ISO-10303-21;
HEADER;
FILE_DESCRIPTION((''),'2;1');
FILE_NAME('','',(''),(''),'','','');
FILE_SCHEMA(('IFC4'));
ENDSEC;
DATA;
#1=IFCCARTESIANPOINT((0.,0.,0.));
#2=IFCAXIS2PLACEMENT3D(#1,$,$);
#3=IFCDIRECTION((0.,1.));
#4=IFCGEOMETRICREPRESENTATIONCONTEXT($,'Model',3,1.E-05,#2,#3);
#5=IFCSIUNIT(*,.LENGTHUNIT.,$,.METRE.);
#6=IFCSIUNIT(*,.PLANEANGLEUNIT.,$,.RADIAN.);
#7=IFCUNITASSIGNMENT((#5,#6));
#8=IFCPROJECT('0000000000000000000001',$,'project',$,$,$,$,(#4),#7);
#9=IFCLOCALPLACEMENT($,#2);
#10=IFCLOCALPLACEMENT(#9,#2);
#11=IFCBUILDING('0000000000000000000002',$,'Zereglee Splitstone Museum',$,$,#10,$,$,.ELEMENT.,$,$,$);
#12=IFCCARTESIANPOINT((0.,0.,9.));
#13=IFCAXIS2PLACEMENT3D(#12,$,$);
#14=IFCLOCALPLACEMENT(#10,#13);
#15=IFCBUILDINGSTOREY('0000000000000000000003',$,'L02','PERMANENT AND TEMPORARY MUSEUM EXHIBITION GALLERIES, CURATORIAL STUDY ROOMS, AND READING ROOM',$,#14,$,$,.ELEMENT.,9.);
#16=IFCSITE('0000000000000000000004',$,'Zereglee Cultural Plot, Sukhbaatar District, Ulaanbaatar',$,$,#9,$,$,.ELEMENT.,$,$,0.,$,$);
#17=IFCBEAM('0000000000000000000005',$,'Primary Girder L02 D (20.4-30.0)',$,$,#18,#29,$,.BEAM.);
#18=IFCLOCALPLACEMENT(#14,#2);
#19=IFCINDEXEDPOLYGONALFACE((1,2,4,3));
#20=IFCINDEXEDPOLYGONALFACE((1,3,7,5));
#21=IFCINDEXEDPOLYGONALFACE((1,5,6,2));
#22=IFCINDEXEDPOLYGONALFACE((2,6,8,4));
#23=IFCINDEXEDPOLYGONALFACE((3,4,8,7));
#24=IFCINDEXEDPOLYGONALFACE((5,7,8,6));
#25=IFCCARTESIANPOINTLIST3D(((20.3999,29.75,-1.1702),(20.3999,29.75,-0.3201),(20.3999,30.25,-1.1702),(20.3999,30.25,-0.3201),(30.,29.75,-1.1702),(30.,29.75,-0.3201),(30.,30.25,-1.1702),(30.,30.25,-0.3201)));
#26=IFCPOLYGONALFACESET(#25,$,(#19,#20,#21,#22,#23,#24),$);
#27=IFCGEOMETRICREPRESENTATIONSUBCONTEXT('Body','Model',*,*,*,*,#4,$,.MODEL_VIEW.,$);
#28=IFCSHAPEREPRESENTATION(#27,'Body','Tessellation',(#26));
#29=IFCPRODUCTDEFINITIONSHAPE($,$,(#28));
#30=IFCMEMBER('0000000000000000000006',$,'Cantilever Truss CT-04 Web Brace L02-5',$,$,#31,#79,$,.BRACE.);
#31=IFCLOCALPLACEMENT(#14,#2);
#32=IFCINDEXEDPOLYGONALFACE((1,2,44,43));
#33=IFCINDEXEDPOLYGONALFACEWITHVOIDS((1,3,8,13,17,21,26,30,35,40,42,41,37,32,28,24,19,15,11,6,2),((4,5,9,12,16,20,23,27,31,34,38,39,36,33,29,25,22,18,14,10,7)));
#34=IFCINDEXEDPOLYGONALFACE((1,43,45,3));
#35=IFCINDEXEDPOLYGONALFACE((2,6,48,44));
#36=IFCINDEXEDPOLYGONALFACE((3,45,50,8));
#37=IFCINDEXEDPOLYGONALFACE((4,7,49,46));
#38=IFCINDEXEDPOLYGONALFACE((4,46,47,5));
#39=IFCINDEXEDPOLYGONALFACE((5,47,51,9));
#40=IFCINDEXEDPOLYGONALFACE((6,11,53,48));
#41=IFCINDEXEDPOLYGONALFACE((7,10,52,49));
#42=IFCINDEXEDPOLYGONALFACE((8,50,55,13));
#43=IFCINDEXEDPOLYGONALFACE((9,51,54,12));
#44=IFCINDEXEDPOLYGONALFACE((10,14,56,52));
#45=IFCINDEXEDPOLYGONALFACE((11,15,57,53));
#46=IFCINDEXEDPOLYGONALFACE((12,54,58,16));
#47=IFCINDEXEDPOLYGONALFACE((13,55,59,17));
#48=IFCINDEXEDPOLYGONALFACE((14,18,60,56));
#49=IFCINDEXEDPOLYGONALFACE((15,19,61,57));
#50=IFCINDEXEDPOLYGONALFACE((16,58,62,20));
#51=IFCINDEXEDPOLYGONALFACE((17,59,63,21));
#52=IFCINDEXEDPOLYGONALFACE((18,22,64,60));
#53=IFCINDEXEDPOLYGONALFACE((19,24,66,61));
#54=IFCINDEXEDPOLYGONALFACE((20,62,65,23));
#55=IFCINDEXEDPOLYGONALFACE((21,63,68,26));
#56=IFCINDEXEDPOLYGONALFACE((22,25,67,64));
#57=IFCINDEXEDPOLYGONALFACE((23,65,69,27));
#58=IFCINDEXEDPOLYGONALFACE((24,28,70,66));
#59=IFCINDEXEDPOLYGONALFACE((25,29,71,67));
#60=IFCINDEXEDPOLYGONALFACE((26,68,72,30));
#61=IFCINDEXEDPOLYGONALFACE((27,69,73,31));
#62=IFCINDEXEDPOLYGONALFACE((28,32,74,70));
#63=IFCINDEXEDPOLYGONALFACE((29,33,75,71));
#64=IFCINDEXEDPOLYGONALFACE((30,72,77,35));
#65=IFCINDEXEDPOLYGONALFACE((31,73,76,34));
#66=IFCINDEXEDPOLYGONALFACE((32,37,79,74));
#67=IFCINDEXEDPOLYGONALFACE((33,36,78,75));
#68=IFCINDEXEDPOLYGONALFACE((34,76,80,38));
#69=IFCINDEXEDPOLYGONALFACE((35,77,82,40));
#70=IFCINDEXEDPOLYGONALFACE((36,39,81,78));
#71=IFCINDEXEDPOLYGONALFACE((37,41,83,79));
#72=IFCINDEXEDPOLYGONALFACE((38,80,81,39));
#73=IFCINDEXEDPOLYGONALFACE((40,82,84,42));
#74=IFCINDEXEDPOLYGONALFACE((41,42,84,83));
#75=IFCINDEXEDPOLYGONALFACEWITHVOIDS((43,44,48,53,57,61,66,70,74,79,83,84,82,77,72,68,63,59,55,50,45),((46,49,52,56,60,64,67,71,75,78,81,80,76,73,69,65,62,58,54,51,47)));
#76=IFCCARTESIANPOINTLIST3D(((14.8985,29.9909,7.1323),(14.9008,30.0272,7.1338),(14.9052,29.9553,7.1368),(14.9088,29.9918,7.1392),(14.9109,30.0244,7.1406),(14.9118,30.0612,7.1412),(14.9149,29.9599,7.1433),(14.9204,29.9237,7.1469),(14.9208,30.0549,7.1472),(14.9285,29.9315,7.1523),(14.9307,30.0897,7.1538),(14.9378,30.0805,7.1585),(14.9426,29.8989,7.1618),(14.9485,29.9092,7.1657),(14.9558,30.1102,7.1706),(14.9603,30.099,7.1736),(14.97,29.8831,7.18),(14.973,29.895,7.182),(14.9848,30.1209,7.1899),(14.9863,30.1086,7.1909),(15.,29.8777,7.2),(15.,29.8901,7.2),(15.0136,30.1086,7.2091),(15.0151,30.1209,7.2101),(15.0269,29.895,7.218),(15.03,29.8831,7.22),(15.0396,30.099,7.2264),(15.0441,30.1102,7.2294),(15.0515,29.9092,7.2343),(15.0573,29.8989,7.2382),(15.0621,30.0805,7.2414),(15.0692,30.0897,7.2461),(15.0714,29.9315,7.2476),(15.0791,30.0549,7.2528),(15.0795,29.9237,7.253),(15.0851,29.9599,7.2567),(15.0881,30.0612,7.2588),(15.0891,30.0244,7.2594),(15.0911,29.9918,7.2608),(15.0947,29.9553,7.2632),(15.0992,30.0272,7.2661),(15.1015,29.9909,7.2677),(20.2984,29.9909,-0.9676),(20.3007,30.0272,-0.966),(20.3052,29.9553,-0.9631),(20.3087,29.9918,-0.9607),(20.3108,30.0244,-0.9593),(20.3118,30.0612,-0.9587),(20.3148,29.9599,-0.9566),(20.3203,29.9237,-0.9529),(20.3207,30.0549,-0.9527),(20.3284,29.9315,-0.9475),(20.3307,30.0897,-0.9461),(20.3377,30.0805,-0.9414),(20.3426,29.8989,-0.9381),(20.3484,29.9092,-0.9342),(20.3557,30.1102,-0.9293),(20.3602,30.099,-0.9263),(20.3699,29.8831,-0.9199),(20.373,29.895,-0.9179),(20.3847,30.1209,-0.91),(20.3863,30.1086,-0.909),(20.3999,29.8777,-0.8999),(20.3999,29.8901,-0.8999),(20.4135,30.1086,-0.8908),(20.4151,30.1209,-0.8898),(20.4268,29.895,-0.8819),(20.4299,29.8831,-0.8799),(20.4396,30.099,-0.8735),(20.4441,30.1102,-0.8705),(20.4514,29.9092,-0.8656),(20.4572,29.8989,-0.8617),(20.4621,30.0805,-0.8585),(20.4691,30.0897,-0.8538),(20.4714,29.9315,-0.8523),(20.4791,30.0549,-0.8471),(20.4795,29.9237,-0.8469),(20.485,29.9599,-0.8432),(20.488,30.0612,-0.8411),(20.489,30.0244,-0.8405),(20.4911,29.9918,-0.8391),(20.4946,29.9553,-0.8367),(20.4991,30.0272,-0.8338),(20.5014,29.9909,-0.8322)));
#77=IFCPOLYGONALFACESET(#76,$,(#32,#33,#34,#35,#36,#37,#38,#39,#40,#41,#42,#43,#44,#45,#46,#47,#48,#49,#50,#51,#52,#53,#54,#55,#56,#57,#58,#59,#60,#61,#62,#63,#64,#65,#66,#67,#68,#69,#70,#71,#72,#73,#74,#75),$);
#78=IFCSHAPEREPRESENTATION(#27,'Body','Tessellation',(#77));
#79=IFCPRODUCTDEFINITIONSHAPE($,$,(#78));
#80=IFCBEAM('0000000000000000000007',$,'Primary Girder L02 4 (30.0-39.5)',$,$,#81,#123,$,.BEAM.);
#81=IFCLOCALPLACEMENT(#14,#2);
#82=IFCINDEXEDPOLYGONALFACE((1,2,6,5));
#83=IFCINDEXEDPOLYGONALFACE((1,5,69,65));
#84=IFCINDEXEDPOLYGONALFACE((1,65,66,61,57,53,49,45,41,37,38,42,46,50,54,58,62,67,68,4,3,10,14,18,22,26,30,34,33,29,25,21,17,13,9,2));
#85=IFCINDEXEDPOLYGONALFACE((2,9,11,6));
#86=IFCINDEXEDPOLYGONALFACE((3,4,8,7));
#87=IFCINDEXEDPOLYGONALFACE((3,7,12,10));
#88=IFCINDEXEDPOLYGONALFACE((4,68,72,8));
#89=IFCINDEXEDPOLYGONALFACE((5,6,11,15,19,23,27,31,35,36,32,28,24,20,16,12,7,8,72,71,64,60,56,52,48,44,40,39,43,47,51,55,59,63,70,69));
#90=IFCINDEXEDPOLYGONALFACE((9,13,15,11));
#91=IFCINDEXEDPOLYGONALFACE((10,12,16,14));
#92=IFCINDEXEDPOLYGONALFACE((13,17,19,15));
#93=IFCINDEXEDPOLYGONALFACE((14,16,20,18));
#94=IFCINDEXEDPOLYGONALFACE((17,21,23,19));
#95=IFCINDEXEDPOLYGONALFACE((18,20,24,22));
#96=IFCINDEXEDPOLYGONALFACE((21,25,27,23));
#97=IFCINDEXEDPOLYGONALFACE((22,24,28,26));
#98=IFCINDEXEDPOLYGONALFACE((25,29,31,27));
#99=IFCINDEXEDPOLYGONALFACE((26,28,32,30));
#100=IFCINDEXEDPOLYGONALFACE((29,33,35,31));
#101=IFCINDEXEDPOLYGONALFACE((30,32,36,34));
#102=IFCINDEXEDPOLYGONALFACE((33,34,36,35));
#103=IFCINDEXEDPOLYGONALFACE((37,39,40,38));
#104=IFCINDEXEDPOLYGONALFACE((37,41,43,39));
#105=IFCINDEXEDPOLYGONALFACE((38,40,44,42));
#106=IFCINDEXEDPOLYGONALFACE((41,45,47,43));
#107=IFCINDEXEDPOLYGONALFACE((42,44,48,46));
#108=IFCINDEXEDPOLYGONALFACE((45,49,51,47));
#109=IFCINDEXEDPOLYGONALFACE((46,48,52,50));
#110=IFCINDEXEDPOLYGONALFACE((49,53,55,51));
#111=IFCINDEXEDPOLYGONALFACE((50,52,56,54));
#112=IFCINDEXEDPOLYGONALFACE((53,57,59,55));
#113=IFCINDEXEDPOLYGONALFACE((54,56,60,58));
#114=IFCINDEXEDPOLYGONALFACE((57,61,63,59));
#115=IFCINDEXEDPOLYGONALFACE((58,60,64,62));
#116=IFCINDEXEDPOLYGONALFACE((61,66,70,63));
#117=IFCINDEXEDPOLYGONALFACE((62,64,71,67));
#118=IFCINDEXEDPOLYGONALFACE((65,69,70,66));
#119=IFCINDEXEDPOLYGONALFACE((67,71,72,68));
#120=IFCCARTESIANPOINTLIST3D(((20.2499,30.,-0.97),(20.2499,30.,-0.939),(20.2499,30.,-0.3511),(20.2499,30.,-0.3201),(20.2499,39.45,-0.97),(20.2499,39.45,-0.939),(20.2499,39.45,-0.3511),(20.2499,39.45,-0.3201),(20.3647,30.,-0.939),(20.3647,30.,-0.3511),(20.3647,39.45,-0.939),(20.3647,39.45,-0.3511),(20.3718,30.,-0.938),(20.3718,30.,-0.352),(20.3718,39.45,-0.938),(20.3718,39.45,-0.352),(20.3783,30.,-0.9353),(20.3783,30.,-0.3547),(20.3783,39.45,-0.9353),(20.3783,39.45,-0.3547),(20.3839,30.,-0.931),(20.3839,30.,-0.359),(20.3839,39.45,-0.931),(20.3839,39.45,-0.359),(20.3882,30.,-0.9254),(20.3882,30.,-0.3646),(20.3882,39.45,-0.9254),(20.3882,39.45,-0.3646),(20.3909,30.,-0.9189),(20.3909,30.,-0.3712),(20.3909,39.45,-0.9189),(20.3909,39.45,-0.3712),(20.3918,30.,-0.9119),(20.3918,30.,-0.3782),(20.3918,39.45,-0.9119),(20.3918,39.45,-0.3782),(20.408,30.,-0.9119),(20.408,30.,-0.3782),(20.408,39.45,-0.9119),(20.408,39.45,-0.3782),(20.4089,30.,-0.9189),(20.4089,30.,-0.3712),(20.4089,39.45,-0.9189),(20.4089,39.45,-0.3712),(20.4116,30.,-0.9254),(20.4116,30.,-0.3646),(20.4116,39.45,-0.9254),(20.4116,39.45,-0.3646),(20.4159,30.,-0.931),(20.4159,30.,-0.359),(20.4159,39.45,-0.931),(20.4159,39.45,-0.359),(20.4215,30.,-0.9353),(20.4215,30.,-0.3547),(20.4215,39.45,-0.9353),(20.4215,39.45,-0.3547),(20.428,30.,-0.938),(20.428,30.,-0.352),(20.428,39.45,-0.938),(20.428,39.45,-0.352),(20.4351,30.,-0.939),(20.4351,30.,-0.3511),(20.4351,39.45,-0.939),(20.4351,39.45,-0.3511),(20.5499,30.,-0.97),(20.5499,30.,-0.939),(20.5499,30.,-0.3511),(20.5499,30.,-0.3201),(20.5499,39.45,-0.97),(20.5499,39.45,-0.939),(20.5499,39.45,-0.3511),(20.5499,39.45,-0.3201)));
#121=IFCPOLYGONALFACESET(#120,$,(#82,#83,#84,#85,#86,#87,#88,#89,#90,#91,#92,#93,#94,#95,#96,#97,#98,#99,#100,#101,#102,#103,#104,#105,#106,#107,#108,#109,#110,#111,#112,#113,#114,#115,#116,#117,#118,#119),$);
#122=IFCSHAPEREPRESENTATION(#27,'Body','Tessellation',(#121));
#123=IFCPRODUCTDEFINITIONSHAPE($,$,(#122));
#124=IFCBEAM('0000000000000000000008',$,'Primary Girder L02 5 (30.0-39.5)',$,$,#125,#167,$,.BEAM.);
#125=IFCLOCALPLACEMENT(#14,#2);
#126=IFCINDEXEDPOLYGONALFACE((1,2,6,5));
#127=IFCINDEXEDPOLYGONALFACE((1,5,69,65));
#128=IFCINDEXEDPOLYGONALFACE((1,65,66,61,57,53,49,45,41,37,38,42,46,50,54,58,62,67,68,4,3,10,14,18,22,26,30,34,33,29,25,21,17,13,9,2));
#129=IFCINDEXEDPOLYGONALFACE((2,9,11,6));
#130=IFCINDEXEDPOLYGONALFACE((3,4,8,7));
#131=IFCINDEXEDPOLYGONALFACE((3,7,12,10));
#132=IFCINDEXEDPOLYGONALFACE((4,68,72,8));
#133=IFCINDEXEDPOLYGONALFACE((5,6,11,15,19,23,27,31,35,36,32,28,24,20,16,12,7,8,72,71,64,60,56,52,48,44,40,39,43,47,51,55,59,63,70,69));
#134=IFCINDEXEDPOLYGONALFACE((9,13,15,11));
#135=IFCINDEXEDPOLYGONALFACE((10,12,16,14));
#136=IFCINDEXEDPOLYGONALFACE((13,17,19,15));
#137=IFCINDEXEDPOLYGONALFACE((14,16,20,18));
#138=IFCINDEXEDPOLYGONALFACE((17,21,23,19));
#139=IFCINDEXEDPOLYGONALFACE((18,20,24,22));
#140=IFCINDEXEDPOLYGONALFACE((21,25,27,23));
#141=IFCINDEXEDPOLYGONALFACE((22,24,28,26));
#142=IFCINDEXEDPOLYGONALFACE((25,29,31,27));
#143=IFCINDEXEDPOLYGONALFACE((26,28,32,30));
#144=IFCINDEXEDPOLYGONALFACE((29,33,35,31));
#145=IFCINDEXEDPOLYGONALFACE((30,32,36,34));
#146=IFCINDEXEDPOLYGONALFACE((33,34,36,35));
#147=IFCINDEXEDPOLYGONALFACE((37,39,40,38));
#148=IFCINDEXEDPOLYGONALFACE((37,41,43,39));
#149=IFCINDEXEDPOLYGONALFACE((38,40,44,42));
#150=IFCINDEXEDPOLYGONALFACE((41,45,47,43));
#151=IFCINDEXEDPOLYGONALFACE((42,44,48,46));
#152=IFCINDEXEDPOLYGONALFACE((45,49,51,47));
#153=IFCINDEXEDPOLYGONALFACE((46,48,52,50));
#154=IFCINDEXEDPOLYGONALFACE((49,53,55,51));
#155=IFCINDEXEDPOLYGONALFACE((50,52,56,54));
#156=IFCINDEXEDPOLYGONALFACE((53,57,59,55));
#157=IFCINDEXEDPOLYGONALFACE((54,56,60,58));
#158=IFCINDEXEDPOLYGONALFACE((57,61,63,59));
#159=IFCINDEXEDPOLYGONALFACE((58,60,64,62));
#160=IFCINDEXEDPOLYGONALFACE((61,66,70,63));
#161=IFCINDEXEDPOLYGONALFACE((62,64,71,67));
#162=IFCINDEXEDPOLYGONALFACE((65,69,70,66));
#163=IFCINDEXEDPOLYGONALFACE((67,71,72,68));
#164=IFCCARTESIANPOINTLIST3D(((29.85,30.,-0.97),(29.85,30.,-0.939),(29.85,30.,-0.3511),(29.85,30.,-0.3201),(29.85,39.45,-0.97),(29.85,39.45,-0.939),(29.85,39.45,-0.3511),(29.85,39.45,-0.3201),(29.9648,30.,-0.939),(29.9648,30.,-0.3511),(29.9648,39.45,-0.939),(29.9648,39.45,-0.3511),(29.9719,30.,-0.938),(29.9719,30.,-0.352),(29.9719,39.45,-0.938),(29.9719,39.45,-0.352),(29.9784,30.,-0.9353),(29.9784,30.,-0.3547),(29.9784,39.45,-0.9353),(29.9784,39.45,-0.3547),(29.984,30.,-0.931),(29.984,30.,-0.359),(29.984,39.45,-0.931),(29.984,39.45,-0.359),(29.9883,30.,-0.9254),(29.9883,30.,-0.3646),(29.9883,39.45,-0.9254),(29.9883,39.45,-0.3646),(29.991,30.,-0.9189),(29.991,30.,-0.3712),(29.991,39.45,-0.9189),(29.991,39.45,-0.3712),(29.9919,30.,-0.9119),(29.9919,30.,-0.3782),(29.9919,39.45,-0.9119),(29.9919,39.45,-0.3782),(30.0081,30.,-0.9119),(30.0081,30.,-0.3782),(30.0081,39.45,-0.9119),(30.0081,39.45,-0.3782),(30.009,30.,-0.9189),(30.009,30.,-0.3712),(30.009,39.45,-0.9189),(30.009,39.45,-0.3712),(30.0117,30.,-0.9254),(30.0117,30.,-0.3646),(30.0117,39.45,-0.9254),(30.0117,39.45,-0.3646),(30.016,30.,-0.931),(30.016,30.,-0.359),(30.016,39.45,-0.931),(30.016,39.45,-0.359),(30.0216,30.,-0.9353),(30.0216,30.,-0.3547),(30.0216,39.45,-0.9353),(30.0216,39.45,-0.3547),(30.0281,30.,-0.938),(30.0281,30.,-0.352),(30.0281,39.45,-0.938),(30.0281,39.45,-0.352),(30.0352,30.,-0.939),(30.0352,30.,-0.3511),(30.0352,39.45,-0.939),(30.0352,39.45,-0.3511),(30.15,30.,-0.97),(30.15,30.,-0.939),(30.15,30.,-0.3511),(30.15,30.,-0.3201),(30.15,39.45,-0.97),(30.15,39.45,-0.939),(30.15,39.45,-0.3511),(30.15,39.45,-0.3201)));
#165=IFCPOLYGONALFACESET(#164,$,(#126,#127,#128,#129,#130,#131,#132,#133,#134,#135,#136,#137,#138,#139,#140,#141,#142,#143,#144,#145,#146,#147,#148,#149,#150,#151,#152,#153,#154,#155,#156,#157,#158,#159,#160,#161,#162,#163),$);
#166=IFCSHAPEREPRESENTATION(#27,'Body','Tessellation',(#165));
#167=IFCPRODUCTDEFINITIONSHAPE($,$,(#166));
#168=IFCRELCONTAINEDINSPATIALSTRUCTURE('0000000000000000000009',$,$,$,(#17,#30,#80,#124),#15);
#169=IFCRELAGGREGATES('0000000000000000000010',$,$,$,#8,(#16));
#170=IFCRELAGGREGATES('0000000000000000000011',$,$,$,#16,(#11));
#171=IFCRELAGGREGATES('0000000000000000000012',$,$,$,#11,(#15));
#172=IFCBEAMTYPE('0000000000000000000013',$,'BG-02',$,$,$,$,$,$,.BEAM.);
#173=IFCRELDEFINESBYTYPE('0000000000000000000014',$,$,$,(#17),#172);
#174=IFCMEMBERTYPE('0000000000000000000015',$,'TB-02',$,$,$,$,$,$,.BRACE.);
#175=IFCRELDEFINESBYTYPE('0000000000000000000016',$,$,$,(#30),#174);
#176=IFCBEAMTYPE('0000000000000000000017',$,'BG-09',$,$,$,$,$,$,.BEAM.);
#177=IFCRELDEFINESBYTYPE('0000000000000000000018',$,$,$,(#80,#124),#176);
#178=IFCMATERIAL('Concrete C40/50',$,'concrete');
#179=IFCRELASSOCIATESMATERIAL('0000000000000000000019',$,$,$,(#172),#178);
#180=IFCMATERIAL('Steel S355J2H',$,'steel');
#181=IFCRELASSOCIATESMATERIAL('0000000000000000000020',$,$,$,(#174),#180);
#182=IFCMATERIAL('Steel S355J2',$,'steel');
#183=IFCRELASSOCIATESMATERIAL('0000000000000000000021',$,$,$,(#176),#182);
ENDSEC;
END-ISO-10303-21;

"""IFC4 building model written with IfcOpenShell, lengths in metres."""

from ifc_helpers import new_model, si_unit, direction, frame, origin, origin_2d, place, context, subcontext, project, spatial, rectangle, hollow_circle, i_section, extrude, material, material_profile, profile_set, type_object, element, save


model = new_model("IFC4")

# Units and contexts
model_context = context("Model", 3, precision=1e-05, world=origin(), true_north=direction((0.0, 1.0)))
body_context = subcontext(model_context, "Body", "Model", "MODEL_VIEW")
ifc_project = project(units=[si_unit("LENGTHUNIT", "METRE"), si_unit("PLANEANGLEUNIT", "RADIAN")], contexts=[model_context])

# Site, building, storey
site_placement = place(None, origin())
site = spatial("IfcSite", under=ifc_project, at=site_placement, Name="Zereglee Cultural Plot, Sukhbaatar District, Ulaanbaatar", CompositionType="ELEMENT", RefElevation=0.0)
building_placement = place(site_placement, origin())
building = spatial("IfcBuilding", under=site, at=building_placement, Name="Zereglee Splitstone Museum", CompositionType="ELEMENT")
storey_placement = place(building_placement, frame((0.0, 0.0, 9.0)))
storey = spatial("IfcBuildingStorey", under=building, at=storey_placement, Name="L02", Description="PERMANENT AND TEMPORARY MUSEUM EXHIBITION GALLERIES, CURATORIAL STUDY ROOMS, AND READING ROOM", CompositionType="ELEMENT", Elevation=9.0)

# Shared definitions
ifc_material_1 = material(Name="Steel S355J2", Category="steel")
ifc_material_2 = material(Name="Steel S355J2H", Category="steel")

# Beam
ifc_material_3 = material(Name="Concrete C40/50", Category="concrete")
ifc_material_profile_1 = material_profile(ifc_material_3, rectangle(XDim=0.5, YDim=0.8501, at=origin_2d()), Name="RC 500x850")
ifc_profile_set_1 = profile_set([ifc_material_profile_1], Name="Concrete C40/50")
beam_type_1 = type_object("IfcBeamType", Name="BG-02", PredefinedType="BEAM", material=ifc_profile_set_1)
beam_1_placement = place(storey_placement, frame((20.3999, 30.0, -0.7451), z_axis=(1.0, 0.0, 0.0), x_axis=(0.0, 1.0, 0.0)))
element("IfcBeam", 1, at=beam_1_placement, inside=storey, type_object=beam_type_1, Name="Primary Girder L02 D (20.4-30.0)", PredefinedType="BEAM", context=body_context, shape_type="SweptSolid", body=[
    extrude(rectangle(XDim=0.5, YDim=0.8501, at=origin_2d()), origin(), (0.0, 0.0, 1.0), 9.6001),
])

# Member
ifc_material_profile_2 = material_profile(ifc_material_2, hollow_circle(Radius=0.1223, WallThickness=0.0125, at=origin_2d()), Name="CHS 244.5x12.5")
ifc_profile_set_2 = profile_set([ifc_material_profile_2], Name="Steel S355J2H")
member_type_1 = type_object("IfcMemberType", Name="TB-02", PredefinedType="BRACE", material=ifc_profile_set_2)
member_1_placement = place(storey_placement, frame((20.3999, 30.0, -0.8999), z_axis=(-0.5547, 0.0, 0.83205), x_axis=(0.0, -1.0, 0.0)))
element("IfcMember", 2, at=member_1_placement, inside=storey, type_object=member_type_1, Name="Cantilever Truss CT-04 Web Brace L02-5", PredefinedType="BRACE", context=body_context, shape_type="SweptSolid", body=[
    extrude(hollow_circle(Radius=0.1223, WallThickness=0.0125, at=origin_2d()), origin(), (0.0, 0.0, 1.0), 9.7349),
])

# Beams
ifc_material_profile_3 = material_profile(ifc_material_1, i_section(OverallWidth=0.3, OverallDepth=0.6499, WebThickness=0.0161, FlangeThickness=0.031, FilletRadius=0.0271, at=origin_2d()), Name="HE 650 B")
ifc_profile_set_3 = profile_set([ifc_material_profile_3], Name="Steel S355J2")
beam_type_2 = type_object("IfcBeamType", Name="BG-09", PredefinedType="BEAM", material=ifc_profile_set_3)
for number, where, z_axis, x_axis, name in (
    (3, (20.3999, 30.0, -0.645), (0.0, 1.0, 0.0), (-1.0, 0.0, 0.0), "Primary Girder L02 4 (30.0-39.5)"),
    (4, (30.0, 30.0, -0.645), (0.0, 1.0, 0.0), (-1.0, 0.0, 0.0), "Primary Girder L02 5 (30.0-39.5)"),
):
    element("IfcBeam", number, at=place(storey_placement, frame(where, z_axis=z_axis, x_axis=x_axis)), inside=storey, type_object=beam_type_2, Name=name, PredefinedType="BEAM", context=body_context, shape_type="SweptSolid", body=[
        extrude(i_section(OverallWidth=0.3, OverallDepth=0.6499, WebThickness=0.0161, FlangeThickness=0.031, FilletRadius=0.0271, at=origin_2d()), origin(), (0.0, 0.0, 1.0), 9.45),
    ])

save(model, "model.ifc")
